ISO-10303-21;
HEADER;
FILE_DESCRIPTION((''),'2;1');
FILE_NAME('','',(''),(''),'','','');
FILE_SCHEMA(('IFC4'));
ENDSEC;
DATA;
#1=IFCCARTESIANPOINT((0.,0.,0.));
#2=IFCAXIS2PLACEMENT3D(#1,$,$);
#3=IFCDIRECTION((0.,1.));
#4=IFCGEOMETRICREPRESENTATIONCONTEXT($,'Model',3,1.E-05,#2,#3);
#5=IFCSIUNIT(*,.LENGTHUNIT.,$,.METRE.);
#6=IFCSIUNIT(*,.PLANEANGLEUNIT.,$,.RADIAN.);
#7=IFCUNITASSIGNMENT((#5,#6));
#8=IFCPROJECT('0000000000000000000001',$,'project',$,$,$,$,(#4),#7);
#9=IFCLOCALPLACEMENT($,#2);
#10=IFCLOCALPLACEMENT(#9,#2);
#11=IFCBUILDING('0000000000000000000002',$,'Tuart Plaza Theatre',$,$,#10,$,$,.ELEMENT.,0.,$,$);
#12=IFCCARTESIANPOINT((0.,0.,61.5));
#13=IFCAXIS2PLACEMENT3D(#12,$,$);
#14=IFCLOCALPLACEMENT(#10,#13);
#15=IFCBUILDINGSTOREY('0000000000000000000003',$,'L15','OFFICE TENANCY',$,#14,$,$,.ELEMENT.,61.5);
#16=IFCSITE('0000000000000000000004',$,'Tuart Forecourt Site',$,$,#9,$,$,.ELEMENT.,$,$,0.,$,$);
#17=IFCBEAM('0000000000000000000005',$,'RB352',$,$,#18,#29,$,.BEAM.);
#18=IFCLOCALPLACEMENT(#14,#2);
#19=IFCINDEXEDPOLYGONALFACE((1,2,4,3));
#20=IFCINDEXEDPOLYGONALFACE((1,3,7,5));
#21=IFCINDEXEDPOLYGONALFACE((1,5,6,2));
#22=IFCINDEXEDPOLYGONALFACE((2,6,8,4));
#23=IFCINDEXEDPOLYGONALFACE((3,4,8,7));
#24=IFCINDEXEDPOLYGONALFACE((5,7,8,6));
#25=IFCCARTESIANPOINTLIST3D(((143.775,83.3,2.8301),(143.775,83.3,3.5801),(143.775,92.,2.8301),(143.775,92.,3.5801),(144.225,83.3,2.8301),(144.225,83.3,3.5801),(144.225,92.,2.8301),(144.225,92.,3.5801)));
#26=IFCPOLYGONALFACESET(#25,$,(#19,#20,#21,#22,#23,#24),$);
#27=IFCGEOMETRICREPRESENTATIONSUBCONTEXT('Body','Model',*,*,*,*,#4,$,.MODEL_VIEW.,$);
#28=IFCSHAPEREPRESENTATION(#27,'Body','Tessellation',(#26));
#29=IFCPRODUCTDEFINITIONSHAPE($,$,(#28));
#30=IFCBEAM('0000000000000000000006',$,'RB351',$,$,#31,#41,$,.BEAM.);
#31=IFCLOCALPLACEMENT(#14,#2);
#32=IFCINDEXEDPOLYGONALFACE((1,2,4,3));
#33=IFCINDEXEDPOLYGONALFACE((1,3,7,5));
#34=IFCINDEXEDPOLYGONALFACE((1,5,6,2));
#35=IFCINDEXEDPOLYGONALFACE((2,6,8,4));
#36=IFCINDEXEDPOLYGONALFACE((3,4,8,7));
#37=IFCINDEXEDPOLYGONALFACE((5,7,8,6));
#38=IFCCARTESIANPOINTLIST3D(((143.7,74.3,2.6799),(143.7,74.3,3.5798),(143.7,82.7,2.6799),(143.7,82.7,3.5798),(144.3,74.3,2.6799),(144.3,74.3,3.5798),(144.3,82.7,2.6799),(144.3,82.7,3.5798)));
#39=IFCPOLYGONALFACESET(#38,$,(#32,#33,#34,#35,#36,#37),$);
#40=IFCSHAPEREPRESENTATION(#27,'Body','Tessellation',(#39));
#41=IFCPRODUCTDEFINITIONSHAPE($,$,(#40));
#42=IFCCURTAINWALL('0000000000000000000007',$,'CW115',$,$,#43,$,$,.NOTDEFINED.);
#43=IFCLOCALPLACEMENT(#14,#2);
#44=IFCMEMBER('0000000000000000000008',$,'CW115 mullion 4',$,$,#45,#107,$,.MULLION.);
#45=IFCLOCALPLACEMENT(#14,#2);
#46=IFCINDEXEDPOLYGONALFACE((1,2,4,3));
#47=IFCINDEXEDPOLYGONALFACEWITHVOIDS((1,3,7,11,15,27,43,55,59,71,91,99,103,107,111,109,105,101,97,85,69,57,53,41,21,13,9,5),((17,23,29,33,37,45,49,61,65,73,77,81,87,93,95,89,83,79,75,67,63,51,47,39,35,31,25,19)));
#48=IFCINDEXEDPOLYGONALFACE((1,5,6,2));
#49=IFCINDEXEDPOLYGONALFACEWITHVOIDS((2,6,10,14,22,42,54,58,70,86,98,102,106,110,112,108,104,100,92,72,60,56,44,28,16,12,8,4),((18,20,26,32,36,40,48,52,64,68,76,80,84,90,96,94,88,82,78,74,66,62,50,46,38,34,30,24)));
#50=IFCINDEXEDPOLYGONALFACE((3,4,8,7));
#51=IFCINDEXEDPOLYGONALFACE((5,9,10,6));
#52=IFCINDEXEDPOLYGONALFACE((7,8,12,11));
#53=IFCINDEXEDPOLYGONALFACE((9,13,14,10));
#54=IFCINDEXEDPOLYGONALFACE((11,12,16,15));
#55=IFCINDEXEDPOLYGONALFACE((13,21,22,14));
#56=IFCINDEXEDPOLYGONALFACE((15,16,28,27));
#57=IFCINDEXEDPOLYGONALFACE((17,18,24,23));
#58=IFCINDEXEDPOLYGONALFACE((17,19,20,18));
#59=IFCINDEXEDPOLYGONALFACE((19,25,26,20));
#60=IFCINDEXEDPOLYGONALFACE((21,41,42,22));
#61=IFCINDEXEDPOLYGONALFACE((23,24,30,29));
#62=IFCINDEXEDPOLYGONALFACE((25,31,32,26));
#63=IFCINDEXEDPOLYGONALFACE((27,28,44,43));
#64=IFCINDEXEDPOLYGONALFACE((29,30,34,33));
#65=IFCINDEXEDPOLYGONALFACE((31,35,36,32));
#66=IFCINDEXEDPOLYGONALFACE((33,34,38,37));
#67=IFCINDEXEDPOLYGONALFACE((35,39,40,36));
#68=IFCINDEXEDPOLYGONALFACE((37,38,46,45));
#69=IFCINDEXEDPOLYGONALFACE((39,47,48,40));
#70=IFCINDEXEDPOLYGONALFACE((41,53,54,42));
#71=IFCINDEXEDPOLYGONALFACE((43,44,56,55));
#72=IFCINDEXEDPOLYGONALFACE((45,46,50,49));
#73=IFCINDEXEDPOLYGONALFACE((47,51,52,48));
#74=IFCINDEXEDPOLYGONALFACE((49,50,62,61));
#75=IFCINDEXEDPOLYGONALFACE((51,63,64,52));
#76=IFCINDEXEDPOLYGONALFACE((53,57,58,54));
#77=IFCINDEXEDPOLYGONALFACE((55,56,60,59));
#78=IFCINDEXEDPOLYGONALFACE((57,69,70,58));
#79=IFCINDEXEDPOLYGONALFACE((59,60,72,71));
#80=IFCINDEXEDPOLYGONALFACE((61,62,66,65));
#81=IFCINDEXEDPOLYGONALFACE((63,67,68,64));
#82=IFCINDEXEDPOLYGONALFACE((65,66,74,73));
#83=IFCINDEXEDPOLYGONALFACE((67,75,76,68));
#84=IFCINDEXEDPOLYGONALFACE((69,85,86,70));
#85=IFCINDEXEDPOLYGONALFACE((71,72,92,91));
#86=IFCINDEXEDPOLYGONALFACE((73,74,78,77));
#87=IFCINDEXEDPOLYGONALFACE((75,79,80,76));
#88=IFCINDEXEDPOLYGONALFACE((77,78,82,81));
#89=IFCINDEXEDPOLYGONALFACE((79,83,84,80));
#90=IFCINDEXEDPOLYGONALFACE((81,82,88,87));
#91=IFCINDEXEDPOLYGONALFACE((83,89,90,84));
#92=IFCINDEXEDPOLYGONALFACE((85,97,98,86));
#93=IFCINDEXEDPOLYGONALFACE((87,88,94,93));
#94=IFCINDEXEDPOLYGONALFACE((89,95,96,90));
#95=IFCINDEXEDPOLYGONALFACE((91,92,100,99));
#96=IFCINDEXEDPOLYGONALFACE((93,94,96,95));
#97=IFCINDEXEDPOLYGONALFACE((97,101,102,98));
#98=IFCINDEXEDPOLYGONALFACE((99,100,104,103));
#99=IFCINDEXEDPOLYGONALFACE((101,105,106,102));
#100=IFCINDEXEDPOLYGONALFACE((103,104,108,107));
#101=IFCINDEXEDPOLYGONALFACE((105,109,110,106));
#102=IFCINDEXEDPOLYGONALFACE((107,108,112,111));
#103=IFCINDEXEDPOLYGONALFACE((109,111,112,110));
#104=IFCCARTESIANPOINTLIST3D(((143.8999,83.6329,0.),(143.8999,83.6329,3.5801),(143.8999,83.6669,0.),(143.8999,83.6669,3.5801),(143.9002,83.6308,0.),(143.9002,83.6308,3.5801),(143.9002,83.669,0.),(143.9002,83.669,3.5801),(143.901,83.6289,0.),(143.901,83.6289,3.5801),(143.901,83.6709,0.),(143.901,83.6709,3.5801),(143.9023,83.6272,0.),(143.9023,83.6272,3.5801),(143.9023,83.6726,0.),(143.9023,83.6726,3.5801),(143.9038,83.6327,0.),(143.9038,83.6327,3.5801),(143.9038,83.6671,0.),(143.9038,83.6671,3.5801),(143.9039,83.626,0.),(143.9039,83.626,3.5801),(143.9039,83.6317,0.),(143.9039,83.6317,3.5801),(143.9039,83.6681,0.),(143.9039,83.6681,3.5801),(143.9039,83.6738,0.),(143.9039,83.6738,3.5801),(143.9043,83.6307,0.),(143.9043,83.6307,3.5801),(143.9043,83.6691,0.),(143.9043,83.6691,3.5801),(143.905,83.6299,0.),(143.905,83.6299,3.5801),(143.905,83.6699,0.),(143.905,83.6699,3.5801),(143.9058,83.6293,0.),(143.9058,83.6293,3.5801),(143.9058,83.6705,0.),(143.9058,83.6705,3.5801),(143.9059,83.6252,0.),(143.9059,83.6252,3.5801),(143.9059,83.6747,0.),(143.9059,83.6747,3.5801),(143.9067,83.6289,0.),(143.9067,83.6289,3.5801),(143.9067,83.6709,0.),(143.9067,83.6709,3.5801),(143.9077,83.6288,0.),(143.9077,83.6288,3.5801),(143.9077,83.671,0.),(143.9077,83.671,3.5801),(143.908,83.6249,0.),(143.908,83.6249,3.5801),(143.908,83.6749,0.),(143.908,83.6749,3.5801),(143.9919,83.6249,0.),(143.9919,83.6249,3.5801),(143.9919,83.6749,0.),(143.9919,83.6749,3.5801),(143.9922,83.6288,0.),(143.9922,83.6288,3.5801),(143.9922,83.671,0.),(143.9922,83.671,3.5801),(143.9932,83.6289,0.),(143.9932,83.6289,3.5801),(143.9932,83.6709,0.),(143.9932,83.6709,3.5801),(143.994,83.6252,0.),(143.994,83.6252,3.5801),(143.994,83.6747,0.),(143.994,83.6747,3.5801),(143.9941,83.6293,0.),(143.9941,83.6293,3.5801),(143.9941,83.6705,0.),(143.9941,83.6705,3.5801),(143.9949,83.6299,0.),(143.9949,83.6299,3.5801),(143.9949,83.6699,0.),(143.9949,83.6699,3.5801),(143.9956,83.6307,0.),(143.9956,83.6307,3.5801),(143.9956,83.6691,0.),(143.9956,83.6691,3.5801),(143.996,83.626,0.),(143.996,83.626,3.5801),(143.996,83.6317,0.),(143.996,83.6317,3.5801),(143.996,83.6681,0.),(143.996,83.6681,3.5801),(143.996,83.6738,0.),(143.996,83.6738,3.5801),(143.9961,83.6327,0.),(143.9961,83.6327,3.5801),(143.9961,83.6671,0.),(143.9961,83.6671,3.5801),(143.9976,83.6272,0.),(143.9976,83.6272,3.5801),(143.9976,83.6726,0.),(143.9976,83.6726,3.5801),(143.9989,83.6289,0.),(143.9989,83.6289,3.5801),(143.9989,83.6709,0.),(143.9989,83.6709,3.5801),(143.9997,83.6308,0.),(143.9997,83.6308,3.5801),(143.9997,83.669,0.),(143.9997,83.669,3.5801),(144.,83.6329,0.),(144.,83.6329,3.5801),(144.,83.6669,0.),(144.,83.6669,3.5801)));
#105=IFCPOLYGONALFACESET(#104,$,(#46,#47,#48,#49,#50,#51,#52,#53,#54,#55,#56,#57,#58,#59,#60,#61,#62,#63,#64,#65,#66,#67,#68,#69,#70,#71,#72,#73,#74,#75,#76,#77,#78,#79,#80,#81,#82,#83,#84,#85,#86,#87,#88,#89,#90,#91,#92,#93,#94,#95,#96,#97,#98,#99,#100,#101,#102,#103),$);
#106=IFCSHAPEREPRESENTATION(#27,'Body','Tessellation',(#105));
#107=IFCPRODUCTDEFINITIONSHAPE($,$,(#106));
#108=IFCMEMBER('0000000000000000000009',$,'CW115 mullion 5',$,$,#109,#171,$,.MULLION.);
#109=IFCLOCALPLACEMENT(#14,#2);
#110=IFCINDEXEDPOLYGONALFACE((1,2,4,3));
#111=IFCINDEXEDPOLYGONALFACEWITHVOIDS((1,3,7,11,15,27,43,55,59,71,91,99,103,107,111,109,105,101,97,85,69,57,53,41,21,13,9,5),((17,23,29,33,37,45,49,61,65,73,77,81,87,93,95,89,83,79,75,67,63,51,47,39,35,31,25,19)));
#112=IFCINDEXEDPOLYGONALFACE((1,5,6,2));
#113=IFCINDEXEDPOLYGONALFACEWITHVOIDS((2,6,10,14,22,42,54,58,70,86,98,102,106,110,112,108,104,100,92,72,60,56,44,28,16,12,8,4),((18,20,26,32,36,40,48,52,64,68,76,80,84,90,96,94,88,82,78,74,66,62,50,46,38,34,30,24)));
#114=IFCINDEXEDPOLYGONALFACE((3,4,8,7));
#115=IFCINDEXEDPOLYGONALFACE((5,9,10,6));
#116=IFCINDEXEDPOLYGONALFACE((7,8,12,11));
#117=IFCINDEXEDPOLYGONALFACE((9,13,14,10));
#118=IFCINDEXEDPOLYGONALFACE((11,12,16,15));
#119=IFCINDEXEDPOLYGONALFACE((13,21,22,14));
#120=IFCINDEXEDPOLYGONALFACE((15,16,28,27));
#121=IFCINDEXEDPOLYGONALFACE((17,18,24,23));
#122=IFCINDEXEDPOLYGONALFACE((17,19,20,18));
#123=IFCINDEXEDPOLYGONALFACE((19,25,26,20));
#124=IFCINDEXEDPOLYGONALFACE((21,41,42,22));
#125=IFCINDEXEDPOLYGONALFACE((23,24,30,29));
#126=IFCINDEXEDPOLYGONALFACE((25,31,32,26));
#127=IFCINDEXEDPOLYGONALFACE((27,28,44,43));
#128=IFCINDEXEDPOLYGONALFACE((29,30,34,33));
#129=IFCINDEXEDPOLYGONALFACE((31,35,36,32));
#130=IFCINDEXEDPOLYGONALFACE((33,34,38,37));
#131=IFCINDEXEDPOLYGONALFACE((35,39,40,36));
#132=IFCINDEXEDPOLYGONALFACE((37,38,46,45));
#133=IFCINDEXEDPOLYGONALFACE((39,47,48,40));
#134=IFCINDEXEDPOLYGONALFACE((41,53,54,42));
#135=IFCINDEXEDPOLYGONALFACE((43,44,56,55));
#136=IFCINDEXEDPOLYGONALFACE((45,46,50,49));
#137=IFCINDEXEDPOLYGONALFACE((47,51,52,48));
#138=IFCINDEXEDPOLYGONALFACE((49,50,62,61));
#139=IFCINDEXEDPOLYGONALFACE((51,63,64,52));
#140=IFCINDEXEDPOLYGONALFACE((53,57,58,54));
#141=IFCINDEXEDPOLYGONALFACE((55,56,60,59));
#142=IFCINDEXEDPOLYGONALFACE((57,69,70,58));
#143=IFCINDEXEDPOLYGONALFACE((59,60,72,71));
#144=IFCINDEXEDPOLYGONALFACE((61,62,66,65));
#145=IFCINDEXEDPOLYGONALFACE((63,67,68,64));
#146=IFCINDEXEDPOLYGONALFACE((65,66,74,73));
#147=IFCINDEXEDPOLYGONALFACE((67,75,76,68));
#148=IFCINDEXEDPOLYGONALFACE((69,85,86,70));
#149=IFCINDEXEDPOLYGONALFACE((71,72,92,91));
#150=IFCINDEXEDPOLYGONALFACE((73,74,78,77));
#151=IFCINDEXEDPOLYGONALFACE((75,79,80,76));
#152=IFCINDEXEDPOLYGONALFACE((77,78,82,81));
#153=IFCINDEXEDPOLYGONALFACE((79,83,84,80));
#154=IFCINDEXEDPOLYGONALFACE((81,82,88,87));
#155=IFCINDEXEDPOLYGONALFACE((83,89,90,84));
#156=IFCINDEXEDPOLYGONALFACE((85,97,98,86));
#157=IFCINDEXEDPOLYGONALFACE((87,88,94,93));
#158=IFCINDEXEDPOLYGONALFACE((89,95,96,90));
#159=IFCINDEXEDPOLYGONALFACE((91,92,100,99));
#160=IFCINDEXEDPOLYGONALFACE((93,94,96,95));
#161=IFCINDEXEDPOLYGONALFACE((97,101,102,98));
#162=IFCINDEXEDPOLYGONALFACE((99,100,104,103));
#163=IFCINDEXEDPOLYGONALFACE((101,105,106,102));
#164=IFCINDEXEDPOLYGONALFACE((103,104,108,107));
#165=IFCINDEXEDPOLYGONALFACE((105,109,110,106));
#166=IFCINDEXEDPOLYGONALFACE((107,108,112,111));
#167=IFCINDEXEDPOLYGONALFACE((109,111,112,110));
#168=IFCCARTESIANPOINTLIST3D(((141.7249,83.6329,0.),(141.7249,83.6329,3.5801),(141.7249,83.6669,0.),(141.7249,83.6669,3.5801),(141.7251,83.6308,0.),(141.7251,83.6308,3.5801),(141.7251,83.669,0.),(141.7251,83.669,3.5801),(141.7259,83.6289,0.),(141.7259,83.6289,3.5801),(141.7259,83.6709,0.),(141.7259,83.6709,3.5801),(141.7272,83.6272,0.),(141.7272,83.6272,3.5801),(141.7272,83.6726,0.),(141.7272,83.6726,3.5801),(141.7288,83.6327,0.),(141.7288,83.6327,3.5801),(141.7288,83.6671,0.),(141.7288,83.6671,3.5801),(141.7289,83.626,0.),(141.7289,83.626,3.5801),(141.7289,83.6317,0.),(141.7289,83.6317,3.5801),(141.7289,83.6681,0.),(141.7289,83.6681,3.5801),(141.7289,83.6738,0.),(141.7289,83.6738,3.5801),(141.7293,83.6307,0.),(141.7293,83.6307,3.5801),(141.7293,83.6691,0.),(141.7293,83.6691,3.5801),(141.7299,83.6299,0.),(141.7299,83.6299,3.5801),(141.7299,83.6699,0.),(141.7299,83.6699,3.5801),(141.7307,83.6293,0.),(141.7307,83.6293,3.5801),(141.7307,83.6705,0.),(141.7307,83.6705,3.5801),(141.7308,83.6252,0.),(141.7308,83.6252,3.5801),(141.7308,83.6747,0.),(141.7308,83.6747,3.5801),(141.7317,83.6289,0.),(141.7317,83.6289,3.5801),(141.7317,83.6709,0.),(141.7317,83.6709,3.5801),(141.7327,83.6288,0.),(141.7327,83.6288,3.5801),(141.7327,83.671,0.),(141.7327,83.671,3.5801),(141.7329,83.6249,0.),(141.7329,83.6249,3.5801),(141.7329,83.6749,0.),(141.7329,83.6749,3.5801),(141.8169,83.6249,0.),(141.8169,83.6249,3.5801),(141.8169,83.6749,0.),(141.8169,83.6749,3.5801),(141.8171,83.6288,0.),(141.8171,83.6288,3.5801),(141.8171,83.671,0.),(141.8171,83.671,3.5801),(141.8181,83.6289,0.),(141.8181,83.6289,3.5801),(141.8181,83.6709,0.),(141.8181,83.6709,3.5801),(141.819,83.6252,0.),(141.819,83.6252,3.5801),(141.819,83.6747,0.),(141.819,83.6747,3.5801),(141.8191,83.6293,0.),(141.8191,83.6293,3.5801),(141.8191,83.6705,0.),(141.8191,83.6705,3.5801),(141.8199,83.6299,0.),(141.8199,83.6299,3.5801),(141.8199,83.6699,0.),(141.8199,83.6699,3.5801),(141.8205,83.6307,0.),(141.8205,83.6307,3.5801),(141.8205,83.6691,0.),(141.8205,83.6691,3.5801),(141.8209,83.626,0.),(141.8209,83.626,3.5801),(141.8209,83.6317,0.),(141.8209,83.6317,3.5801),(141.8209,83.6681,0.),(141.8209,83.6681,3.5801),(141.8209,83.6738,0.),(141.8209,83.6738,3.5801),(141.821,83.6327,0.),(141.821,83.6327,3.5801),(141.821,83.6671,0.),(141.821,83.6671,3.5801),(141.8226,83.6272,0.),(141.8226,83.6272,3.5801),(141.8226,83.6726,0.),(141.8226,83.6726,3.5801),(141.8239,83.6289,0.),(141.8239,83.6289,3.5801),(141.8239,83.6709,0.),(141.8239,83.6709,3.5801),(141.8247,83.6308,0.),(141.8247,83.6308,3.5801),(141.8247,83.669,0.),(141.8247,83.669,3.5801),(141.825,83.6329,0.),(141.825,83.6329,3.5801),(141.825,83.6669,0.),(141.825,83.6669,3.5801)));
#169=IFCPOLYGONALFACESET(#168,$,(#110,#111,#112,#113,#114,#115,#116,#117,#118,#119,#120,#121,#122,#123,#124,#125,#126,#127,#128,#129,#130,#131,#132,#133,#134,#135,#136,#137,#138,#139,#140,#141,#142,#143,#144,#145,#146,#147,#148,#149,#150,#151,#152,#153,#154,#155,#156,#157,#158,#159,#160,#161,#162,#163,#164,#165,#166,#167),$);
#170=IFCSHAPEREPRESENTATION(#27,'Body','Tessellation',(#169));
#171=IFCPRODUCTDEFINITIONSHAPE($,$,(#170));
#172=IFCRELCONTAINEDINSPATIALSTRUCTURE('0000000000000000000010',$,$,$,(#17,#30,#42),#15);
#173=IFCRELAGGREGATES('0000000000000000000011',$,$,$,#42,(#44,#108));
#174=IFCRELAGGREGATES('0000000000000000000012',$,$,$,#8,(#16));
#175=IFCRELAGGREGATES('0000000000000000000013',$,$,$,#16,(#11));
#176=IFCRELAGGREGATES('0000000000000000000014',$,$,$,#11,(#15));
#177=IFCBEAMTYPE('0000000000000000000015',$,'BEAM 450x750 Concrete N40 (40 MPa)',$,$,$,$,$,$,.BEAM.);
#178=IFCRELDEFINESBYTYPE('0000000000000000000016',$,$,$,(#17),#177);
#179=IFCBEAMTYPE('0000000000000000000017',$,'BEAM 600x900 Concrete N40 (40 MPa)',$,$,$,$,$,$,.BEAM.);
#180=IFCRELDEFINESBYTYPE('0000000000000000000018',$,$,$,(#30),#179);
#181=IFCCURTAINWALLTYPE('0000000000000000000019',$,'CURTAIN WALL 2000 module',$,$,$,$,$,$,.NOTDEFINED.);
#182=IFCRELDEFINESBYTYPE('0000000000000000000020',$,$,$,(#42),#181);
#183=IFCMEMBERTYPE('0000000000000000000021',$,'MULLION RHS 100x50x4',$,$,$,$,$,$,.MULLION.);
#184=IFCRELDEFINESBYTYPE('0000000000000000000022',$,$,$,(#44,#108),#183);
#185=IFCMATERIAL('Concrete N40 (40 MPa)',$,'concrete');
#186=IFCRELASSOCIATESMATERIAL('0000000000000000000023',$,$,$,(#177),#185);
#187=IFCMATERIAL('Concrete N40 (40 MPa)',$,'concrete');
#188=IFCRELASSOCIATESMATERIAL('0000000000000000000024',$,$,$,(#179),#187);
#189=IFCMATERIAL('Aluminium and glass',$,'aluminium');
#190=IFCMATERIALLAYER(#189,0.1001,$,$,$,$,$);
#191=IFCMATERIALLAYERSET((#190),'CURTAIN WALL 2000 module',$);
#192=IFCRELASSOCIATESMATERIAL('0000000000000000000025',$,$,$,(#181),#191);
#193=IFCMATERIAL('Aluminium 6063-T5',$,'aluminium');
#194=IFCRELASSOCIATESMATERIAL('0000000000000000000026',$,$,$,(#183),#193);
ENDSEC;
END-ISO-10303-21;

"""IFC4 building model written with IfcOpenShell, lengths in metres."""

from ifc_helpers import new_model, si_unit, direction, frame, origin, origin_2d, place, context, subcontext, project, spatial, rectangle, hollow_rectangle, extrude, material, layer, layer_set, material_profile, profile_set, type_object, element, aggregate, save


model = new_model("IFC4")

# Units and contexts
model_context = context("Model", 3, precision=1e-05, world=origin(), true_north=direction((0.0, 1.0)))
body_context = subcontext(model_context, "Body", "Model", "MODEL_VIEW")
ifc_project = project(units=[si_unit("LENGTHUNIT", "METRE"), si_unit("PLANEANGLEUNIT", "RADIAN")], contexts=[model_context])

# Site, building, storey
site_placement = place(None, origin())
site = spatial("IfcSite", under=ifc_project, at=site_placement, Name="Tuart Forecourt Site", CompositionType="ELEMENT", RefElevation=0.0)
building_placement = place(site_placement, origin())
building = spatial("IfcBuilding", under=site, at=building_placement, Name="Tuart Plaza Theatre", CompositionType="ELEMENT", ElevationOfRefHeight=0.0)
storey_placement = place(building_placement, frame((0.0, 0.0, 61.5)))
storey = spatial("IfcBuildingStorey", under=building, at=storey_placement, Name="L15", Description="OFFICE TENANCY", CompositionType="ELEMENT", Elevation=61.5)

# Beams
ifc_material_1 = material(Name="Concrete N40 (40 MPa)", Category="concrete")
ifc_material_profile_1 = material_profile(ifc_material_1, rectangle(XDim=0.45, YDim=0.75, at=origin_2d()), Name="BEAM 450x750 Concrete N40 (40 MPa)")
ifc_profile_set_1 = profile_set([ifc_material_profile_1], Name="Concrete N40 (40 MPa)")
beam_type_1 = type_object("IfcBeamType", Name="BEAM 450x750 Concrete N40 (40 MPa)", PredefinedType="BEAM", material=ifc_profile_set_1)
beam_1_placement = place(storey_placement, frame((144.0, 83.3, 3.2051), z_axis=(0.0, 1.0, 0.0), x_axis=(-1.0, 0.0, 0.0)))
element("IfcBeam", 1, at=beam_1_placement, inside=storey, type_object=beam_type_1, Name="RB352", PredefinedType="BEAM", context=body_context, shape_type="SweptSolid", body=[
    extrude(rectangle(XDim=0.45, YDim=0.75, at=origin_2d()), origin(), (0.0, 0.0, 1.0), 8.7),
])
ifc_material_2 = material(Name="Concrete N40 (40 MPa)", Category="concrete")
ifc_material_profile_2 = material_profile(ifc_material_2, rectangle(XDim=0.6001, YDim=0.8999, at=origin_2d()), Name="BEAM 600x900 Concrete N40 (40 MPa)")
ifc_profile_set_2 = profile_set([ifc_material_profile_2], Name="Concrete N40 (40 MPa)")
beam_type_2 = type_object("IfcBeamType", Name="BEAM 600x900 Concrete N40 (40 MPa)", PredefinedType="BEAM", material=ifc_profile_set_2)
beam_2_placement = place(storey_placement, frame((144.0, 74.3, 3.1299), z_axis=(0.0, 1.0, 0.0), x_axis=(-1.0, 0.0, 0.0)))
element("IfcBeam", 2, at=beam_2_placement, inside=storey, type_object=beam_type_2, Name="RB351", PredefinedType="BEAM", context=body_context, shape_type="SweptSolid", body=[
    extrude(rectangle(XDim=0.6001, YDim=0.8999, at=origin_2d()), origin(), (0.0, 0.0, 1.0), 8.3999),
])

# Curtain wall, members
ifc_material_3 = material(Name="Aluminium and glass", Category="aluminium")
ifc_layer_1 = layer(ifc_material_3, 0.1001)
ifc_layer_set_1 = layer_set([ifc_layer_1], Name="CURTAIN WALL 2000 module")
curtain_wall_type = type_object("IfcCurtainWallType", Name="CURTAIN WALL 2000 module", PredefinedType="NOTDEFINED", material=ifc_layer_set_1)
curtain_wall_1_placement = place(storey_placement, origin())
curtain_wall_1 = element("IfcCurtainWall", 3, at=curtain_wall_1_placement, inside=storey, type_object=curtain_wall_type, Name="CW115", PredefinedType="NOTDEFINED")
ifc_material_4 = material(Name="Aluminium 6063-T5", Category="aluminium")
ifc_material_profile_3 = material_profile(ifc_material_4, hollow_rectangle(XDim=0.05, YDim=0.1001, WallThickness=0.0039, InnerFilletRadius=0.0039, OuterFilletRadius=0.0081, at=origin_2d()), Name="RHS 100x50x4")
ifc_profile_set_3 = profile_set([ifc_material_profile_3], Name="Aluminium 6063-T5")
member_type_1 = type_object("IfcMemberType", Name="MULLION RHS 100x50x4", PredefinedType="MULLION", material=ifc_profile_set_3)
member_1_placement = place(storey_placement, frame((143.95, 83.6499, 0.0), z_axis=(0.0, 0.0, 1.0), x_axis=(0.0, -1.0, 0.0)))
member_1 = element("IfcMember", 4, at=member_1_placement, type_object=member_type_1, Name="CW115 mullion 4", PredefinedType="MULLION", context=body_context, shape_type="SweptSolid", body=[
    extrude(hollow_rectangle(XDim=0.05, YDim=0.1001, WallThickness=0.0039, InnerFilletRadius=0.0039, OuterFilletRadius=0.0081, at=origin_2d()), origin(), (0.0, 0.0, 1.0), 3.5801),
])
member_2_placement = place(storey_placement, frame((141.7749, 83.6499, 0.0), z_axis=(0.0, 0.0, 1.0), x_axis=(0.0, -1.0, 0.0)))
member_2 = element("IfcMember", 5, at=member_2_placement, type_object=member_type_1, Name="CW115 mullion 5", PredefinedType="MULLION", context=body_context, shape_type="SweptSolid", body=[
    extrude(hollow_rectangle(XDim=0.05, YDim=0.1001, WallThickness=0.0039, InnerFilletRadius=0.0039, OuterFilletRadius=0.0081, at=origin_2d()), origin(), (0.0, 0.0, 1.0), 3.5801),
])

aggregate(curtain_wall_1, [member_1, member_2])

save(model, "model.ifc")
